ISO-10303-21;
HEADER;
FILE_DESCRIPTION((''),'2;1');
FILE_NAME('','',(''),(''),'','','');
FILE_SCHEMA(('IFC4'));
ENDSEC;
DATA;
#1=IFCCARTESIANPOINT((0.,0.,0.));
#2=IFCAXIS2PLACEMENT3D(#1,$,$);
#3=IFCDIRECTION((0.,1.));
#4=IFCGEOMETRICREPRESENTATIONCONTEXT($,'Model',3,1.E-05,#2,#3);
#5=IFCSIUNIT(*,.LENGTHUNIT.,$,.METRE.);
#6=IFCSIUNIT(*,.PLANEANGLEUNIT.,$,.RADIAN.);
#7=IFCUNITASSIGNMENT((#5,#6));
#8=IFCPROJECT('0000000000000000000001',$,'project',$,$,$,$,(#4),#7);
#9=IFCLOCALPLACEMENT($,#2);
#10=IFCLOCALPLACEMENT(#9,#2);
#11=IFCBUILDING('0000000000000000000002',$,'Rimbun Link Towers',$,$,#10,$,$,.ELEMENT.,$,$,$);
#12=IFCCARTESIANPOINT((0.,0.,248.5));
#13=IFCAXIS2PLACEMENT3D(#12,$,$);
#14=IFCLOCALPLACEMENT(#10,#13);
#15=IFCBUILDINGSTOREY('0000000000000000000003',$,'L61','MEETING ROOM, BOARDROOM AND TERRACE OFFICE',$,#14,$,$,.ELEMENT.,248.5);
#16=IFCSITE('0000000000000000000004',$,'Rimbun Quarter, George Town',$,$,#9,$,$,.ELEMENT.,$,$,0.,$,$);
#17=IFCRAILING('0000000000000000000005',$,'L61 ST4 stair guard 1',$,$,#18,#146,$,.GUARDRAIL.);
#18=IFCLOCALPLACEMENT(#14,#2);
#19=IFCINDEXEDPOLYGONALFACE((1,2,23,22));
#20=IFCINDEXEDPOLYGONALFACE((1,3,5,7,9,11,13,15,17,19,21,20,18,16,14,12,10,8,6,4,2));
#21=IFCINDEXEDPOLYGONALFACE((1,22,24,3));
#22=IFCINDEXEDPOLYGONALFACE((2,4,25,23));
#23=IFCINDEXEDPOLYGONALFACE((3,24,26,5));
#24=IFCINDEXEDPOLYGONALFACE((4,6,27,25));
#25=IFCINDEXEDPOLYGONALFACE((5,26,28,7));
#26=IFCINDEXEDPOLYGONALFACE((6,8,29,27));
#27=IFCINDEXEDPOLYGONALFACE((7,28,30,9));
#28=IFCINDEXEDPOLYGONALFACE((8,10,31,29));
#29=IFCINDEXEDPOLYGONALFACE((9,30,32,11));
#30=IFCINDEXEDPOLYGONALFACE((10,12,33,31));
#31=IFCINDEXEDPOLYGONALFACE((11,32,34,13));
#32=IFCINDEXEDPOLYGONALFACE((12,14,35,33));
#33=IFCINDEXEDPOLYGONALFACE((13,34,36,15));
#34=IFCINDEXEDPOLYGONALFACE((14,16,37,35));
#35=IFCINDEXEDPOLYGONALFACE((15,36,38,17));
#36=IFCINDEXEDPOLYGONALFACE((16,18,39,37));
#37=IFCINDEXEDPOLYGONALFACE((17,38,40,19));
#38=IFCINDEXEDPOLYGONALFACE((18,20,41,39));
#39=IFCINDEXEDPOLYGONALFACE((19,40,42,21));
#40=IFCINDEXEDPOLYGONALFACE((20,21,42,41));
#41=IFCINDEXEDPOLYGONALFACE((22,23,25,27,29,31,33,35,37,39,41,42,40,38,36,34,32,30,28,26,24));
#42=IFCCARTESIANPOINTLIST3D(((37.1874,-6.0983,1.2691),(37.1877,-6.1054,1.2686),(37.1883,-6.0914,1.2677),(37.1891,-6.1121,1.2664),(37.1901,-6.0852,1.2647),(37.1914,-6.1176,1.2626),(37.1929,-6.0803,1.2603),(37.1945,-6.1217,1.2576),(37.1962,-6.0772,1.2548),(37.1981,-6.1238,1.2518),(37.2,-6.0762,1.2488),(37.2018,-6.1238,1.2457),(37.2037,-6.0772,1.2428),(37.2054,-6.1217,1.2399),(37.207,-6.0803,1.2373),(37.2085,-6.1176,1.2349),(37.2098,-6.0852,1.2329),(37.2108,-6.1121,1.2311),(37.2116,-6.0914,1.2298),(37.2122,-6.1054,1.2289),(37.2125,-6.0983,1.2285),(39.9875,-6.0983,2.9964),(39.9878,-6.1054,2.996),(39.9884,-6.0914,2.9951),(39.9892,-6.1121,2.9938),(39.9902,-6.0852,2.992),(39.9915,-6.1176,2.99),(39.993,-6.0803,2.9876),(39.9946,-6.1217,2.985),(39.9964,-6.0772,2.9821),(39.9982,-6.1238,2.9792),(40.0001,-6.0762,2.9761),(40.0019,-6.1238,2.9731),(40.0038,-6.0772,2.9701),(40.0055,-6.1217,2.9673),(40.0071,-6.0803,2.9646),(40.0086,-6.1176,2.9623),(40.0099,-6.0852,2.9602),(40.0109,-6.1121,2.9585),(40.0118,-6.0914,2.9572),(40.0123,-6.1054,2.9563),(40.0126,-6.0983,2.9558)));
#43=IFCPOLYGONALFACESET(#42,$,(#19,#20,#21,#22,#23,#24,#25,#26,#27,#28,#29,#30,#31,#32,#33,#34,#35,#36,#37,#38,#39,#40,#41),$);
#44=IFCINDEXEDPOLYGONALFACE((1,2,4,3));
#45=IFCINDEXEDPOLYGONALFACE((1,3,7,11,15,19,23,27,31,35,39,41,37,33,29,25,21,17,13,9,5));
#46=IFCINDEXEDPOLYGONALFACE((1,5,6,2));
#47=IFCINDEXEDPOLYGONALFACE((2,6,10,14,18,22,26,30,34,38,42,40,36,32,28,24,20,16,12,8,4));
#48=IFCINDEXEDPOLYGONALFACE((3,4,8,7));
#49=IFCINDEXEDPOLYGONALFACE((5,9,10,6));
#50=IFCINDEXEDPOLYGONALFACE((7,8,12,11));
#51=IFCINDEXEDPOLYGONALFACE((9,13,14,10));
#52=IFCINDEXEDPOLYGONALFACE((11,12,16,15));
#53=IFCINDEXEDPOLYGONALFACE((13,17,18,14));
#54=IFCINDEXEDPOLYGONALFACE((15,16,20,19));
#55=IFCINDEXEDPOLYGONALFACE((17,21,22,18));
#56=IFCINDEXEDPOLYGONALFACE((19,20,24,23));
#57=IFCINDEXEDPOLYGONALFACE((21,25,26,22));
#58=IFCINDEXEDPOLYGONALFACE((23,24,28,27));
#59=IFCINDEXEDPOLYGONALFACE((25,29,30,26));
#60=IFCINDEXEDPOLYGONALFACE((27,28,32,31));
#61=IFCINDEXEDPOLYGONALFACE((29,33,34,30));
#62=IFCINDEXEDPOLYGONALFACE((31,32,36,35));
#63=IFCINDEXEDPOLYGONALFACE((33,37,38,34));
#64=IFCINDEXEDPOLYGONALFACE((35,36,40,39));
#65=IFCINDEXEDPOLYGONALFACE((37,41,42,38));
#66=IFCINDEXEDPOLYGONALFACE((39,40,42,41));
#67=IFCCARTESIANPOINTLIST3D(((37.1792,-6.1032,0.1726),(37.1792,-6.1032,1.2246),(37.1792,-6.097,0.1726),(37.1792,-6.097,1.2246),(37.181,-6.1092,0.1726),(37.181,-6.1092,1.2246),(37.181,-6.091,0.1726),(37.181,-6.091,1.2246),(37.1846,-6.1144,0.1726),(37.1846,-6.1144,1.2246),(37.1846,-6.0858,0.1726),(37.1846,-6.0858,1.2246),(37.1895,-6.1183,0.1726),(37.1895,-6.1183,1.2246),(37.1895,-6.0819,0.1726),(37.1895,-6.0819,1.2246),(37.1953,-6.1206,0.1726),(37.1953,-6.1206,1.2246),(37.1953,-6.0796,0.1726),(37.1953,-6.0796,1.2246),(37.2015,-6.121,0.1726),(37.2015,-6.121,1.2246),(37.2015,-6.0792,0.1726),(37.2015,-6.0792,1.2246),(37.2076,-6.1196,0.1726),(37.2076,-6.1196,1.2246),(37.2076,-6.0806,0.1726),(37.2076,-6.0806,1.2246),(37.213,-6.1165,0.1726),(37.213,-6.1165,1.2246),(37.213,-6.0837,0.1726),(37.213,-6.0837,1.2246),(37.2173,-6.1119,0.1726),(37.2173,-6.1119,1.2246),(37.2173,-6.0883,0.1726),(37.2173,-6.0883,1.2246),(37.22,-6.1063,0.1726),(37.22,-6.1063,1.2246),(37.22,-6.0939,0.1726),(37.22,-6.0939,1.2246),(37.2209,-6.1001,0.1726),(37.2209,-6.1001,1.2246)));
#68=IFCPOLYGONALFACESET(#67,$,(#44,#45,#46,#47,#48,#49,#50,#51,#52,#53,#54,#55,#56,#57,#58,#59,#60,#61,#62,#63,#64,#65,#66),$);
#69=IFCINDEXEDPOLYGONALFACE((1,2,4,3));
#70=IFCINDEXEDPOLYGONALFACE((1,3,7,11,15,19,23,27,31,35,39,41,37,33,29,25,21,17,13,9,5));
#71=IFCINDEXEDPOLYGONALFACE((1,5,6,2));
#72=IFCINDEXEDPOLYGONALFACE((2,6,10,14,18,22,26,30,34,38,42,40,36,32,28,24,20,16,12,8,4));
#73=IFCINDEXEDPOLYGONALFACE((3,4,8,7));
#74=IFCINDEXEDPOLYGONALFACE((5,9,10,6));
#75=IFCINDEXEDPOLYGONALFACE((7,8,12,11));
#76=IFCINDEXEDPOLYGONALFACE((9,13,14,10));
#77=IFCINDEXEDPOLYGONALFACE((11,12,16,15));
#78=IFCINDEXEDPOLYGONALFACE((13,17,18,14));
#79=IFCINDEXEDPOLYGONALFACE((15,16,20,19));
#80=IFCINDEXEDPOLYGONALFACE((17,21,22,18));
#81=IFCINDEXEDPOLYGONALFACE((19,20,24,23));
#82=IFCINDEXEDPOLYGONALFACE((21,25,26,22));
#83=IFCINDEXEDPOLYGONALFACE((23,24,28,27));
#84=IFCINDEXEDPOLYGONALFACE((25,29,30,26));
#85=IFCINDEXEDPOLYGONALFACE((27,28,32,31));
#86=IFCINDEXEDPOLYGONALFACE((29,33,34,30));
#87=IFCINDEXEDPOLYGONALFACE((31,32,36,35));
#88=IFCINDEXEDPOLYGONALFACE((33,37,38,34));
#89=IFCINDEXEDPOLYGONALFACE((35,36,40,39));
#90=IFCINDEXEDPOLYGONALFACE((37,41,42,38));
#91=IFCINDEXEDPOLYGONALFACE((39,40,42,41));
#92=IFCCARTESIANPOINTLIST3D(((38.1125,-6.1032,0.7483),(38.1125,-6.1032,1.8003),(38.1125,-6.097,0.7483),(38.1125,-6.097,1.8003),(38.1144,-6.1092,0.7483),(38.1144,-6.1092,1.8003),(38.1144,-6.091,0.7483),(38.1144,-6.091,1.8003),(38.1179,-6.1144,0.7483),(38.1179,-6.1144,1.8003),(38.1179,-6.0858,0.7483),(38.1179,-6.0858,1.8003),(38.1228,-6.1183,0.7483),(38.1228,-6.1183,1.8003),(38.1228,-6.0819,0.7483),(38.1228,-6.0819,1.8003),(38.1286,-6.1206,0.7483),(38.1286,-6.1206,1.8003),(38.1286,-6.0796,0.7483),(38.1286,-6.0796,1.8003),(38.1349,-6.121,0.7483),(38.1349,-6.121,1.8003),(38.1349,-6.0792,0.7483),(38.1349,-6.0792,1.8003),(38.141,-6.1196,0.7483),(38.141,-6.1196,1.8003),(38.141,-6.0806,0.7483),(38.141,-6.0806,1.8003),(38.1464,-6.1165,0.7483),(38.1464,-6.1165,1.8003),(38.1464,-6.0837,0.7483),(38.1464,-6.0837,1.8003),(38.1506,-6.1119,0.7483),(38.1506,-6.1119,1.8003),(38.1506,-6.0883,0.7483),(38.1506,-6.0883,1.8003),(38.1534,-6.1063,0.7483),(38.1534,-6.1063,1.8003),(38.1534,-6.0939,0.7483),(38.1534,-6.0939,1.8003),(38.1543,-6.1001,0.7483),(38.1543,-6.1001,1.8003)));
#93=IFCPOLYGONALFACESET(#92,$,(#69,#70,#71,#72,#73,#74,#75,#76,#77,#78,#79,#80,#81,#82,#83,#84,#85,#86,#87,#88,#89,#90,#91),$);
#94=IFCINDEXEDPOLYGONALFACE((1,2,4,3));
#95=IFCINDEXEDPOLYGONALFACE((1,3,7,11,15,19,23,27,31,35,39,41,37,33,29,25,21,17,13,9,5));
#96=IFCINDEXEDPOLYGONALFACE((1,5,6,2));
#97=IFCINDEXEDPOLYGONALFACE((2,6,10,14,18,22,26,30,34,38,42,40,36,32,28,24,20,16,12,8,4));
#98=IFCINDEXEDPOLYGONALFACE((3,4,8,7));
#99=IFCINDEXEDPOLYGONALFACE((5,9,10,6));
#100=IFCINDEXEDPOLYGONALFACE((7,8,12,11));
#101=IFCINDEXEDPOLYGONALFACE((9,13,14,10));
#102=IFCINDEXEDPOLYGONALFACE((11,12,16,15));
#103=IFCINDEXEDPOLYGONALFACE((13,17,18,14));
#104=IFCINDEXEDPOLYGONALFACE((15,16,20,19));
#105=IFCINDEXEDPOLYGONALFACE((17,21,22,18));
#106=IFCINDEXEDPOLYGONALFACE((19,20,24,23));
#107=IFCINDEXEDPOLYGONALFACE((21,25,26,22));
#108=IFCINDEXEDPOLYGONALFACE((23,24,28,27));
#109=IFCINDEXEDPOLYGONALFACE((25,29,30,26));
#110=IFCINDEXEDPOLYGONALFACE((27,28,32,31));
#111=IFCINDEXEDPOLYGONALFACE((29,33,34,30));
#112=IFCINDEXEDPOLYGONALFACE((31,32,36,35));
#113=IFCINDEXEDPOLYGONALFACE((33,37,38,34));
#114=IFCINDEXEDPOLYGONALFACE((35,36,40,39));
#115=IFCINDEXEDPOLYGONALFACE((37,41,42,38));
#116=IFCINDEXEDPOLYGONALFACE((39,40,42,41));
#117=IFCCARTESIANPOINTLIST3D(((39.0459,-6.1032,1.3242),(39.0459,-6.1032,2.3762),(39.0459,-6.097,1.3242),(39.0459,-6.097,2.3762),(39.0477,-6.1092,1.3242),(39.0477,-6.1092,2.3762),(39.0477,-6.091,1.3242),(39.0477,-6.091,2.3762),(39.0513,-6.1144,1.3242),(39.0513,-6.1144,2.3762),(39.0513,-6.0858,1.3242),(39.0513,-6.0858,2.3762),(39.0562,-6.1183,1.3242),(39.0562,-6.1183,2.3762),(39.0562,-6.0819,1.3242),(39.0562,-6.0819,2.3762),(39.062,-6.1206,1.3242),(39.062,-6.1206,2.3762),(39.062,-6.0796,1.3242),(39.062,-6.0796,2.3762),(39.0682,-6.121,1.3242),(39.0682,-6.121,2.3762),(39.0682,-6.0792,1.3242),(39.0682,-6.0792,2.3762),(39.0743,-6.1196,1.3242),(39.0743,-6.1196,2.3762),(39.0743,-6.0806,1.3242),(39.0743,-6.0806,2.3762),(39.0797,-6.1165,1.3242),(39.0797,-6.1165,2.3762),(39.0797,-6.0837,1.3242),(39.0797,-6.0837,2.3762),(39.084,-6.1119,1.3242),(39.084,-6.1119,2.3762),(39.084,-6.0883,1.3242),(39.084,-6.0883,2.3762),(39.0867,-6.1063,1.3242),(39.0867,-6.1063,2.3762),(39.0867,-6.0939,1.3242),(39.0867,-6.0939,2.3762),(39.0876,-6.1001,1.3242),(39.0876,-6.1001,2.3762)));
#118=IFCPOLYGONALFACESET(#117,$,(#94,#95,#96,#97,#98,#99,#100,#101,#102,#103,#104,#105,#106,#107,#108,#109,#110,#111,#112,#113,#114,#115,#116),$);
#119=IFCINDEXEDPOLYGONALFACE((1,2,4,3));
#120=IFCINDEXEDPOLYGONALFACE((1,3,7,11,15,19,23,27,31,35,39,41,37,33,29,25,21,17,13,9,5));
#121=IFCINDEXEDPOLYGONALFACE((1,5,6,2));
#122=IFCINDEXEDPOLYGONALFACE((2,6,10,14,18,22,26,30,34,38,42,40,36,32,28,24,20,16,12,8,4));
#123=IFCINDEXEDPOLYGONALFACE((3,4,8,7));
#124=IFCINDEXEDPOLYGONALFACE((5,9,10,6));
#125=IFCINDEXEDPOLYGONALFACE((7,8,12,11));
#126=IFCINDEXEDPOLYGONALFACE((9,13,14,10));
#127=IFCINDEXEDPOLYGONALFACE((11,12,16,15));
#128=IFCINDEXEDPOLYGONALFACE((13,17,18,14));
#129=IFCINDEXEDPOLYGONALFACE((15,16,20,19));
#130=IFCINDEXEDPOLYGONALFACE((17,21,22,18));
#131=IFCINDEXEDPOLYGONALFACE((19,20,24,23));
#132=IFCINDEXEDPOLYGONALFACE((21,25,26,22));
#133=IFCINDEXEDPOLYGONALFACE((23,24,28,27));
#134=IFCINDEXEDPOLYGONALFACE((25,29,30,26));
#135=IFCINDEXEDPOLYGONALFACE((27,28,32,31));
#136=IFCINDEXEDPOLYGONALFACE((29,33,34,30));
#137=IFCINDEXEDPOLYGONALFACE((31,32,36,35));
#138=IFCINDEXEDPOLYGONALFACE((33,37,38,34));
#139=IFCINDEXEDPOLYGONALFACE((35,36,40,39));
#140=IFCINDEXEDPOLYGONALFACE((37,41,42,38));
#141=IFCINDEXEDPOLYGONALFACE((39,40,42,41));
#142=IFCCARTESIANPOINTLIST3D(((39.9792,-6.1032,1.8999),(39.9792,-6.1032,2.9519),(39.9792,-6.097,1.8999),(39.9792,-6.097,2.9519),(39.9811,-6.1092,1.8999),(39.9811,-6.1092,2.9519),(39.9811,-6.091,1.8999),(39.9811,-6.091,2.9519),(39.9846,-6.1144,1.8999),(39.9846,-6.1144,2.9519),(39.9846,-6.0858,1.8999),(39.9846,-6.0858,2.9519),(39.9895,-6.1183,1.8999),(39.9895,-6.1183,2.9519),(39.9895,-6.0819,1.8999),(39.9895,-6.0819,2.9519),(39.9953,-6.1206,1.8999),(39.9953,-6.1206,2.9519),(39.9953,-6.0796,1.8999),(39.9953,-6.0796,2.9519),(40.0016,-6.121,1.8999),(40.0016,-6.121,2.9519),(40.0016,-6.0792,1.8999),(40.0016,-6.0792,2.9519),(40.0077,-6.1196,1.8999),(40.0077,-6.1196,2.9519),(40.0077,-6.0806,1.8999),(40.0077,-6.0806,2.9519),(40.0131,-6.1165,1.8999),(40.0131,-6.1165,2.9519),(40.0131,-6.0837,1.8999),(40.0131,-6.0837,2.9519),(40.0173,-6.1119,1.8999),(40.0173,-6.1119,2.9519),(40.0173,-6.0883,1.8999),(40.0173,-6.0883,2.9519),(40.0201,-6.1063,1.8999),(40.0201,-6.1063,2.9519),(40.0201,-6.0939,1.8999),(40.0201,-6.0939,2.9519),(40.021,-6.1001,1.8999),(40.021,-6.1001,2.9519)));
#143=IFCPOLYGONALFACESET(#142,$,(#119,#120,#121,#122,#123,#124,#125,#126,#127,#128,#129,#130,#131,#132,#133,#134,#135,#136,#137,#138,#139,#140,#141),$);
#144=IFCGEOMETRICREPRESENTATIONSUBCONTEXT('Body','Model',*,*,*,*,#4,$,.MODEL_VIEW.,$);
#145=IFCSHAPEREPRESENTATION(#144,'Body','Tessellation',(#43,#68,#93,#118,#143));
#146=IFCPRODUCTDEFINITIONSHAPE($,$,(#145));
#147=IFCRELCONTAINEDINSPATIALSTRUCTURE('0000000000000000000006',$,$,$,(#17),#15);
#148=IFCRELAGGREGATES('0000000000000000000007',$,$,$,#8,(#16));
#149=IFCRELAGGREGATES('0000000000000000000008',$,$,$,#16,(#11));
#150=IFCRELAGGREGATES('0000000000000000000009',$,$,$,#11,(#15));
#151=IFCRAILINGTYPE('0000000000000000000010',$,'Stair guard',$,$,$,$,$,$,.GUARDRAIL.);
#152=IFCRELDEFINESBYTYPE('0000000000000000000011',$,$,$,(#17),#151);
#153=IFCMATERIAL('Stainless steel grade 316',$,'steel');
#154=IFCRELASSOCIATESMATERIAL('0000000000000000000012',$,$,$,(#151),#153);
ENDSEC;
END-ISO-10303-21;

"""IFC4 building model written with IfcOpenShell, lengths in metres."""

from ifc_helpers import new_model, si_unit, direction, frame, origin, origin_2d, place, context, subcontext, project, spatial, circle, extrude, material, type_object, element, save


model = new_model("IFC4")

# Units and contexts
model_context = context("Model", 3, precision=1e-05, world=origin(), true_north=direction((0.0, 1.0)))
body_context = subcontext(model_context, "Body", "Model", "MODEL_VIEW")
ifc_project = project(units=[si_unit("LENGTHUNIT", "METRE"), si_unit("PLANEANGLEUNIT", "RADIAN")], contexts=[model_context])

# Site, building, storey
site_placement = place(None, origin())
site = spatial("IfcSite", under=ifc_project, at=site_placement, Name="Rimbun Quarter, George Town", CompositionType="ELEMENT", RefElevation=0.0)
building_placement = place(site_placement, origin())
building = spatial("IfcBuilding", under=site, at=building_placement, Name="Rimbun Link Towers", CompositionType="ELEMENT")
storey_placement = place(building_placement, frame((0.0, 0.0, 248.5)))
storey = spatial("IfcBuildingStorey", under=building, at=storey_placement, Name="L61", Description="MEETING ROOM, BOARDROOM AND TERRACE OFFICE", CompositionType="ELEMENT", Elevation=248.5)

# Railing
ifc_material_1 = material(Name="Stainless steel grade 316", Category="steel")
railing_type_1 = type_object("IfcRailingType", Name="Stair guard", PredefinedType="GUARDRAIL", material=ifc_material_1)
railing_1_placement = place(storey_placement, frame((37.2, -6.1001, 0.1726)))
element("IfcRailing", 1, at=railing_1_placement, inside=storey, type_object=railing_type_1, Name="L61 ST4 stair guard 1", PredefinedType="GUARDRAIL", context=body_context, shape_type="SweptSolid", body=[
    extrude(circle(Radius=0.0239, at=origin_2d()), frame((0.0, 0.0, 1.0762), z_axis=(0.85109, 0.0, 0.52502), x_axis=(0.0, 1.0, 0.0)), (0.0, 0.0, 1.0), 3.29),
    extrude(circle(Radius=0.021, at=origin_2d()), origin(), (0.0, 0.0, 1.0), 1.052),
    extrude(circle(Radius=0.021, at=origin_2d()), frame((0.9333, 0.0, 0.5757)), (0.0, 0.0, 1.0), 1.052),
    extrude(circle(Radius=0.021, at=origin_2d()), frame((1.8667, 0.0, 1.1516)), (0.0, 0.0, 1.0), 1.052),
    extrude(circle(Radius=0.021, at=origin_2d()), frame((2.8, 0.0, 1.7273)), (0.0, 0.0, 1.0), 1.052),
])

save(model, "model.ifc")
